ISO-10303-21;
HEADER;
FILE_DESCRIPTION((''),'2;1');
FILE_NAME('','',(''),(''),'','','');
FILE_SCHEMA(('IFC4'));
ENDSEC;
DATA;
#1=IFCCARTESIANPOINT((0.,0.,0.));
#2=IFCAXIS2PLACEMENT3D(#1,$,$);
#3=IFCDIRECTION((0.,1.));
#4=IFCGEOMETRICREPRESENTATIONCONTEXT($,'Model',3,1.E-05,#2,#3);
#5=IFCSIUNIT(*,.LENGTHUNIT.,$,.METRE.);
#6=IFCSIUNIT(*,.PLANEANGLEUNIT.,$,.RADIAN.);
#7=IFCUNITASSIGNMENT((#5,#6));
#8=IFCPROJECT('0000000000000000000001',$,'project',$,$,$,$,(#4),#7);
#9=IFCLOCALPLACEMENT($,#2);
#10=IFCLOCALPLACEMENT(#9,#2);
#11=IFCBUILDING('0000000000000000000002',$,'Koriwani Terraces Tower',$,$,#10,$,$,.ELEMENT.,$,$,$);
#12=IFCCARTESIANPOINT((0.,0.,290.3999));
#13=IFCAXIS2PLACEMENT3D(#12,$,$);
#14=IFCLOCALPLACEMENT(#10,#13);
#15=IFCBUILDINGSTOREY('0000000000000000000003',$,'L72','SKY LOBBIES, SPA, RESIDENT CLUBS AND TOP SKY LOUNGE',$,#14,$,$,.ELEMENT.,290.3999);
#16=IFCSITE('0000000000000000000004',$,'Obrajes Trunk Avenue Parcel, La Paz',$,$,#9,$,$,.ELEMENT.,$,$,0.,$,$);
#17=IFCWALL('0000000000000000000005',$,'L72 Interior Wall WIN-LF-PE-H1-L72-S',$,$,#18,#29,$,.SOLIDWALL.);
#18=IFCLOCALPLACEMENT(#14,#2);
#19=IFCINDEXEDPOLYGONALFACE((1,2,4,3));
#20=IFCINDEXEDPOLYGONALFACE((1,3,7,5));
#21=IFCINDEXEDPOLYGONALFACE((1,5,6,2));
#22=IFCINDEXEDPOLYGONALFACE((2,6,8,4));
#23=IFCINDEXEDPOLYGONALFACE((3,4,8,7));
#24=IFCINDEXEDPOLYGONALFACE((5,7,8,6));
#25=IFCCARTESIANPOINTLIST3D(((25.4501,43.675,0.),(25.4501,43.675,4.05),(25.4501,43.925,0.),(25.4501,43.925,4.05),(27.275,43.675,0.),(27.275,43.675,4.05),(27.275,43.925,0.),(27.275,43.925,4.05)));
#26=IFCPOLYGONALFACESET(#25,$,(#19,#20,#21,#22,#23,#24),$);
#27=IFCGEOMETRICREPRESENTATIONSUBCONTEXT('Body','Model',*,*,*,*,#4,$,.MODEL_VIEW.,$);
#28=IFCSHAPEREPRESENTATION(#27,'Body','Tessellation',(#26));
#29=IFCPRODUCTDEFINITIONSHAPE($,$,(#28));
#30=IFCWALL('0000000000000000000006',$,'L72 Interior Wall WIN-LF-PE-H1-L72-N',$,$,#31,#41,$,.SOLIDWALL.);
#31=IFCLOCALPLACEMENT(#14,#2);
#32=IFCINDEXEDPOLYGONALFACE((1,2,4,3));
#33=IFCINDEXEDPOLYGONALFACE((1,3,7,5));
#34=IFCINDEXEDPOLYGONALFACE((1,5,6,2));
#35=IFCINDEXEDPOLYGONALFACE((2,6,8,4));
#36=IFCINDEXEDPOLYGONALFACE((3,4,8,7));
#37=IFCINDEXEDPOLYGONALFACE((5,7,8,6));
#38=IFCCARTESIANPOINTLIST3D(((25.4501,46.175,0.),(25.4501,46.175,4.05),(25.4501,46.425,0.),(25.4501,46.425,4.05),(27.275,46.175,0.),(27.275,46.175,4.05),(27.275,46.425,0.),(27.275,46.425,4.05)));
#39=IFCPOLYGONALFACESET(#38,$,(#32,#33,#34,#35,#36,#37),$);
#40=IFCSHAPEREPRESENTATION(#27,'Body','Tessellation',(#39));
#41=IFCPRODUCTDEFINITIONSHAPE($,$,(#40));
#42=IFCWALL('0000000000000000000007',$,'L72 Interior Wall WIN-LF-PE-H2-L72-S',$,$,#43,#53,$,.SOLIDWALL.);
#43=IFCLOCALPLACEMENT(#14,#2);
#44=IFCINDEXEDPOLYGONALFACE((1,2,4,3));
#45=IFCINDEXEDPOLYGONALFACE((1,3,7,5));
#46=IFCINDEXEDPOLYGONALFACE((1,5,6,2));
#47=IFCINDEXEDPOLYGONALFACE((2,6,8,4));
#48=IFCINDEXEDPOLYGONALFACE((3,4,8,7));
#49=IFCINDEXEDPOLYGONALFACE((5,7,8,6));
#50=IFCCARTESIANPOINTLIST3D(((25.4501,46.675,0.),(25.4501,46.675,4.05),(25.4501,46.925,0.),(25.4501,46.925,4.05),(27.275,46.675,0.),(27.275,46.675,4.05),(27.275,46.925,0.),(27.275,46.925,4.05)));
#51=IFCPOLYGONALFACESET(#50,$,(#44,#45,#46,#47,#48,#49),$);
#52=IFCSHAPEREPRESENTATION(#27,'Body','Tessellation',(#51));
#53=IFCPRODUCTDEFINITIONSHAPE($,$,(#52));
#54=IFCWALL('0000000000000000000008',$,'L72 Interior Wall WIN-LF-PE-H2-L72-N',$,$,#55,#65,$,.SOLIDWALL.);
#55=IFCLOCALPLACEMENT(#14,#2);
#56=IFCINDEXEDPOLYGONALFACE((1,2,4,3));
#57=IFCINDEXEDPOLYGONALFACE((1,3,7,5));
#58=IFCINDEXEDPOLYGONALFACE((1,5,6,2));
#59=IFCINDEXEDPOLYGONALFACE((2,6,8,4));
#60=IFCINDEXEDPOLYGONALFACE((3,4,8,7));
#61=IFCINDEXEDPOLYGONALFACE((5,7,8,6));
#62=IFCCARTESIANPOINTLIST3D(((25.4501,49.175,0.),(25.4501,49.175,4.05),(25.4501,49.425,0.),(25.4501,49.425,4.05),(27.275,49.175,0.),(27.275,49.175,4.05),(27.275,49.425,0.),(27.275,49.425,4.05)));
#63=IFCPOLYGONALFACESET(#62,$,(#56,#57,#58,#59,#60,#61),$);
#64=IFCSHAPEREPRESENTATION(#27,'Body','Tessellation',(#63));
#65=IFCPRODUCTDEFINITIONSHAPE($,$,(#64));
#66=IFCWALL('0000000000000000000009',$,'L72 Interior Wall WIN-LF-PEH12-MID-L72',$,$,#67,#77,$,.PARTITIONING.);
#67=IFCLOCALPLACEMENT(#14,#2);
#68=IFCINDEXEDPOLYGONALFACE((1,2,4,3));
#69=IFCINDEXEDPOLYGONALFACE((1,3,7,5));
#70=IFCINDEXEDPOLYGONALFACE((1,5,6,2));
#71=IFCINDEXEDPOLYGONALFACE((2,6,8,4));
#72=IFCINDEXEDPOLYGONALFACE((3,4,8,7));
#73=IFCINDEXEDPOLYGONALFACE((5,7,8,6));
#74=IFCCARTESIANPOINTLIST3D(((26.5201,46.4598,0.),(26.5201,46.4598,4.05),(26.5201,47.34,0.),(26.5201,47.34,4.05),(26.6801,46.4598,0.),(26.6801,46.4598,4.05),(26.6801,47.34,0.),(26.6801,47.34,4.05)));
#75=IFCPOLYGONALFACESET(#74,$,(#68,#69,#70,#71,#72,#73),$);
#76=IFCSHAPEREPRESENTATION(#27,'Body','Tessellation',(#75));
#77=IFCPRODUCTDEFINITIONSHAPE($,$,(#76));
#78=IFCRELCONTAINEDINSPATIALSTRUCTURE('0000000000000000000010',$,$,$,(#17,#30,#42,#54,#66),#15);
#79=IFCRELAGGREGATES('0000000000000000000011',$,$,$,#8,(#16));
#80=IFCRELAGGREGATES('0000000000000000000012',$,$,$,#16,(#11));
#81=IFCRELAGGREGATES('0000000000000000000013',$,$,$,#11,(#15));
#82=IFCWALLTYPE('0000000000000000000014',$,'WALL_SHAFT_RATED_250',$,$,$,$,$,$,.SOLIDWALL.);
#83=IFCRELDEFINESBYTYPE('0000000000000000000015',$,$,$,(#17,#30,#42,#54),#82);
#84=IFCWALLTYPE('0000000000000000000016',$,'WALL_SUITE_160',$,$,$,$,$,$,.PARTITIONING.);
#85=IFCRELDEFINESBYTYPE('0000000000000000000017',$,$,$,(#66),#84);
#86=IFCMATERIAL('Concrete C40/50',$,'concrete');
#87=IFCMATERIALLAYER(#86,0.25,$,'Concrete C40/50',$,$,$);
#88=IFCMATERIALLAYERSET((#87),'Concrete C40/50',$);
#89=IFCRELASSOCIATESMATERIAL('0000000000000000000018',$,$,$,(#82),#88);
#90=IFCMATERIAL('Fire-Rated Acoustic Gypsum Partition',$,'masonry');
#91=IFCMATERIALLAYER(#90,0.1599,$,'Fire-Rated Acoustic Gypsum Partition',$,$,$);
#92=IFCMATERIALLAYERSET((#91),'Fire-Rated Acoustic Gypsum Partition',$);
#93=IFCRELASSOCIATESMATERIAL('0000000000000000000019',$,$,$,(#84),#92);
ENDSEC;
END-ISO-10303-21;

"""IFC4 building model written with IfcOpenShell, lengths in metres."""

from ifc_helpers import new_model, si_unit, direction, frame, frame_2d, origin, place, context, subcontext, project, spatial, rectangle, extrude, material, layer, layer_set, type_object, element, save


model = new_model("IFC4")

# Units and contexts
model_context = context("Model", 3, precision=1e-05, world=origin(), true_north=direction((0.0, 1.0)))
body_context = subcontext(model_context, "Body", "Model", "MODEL_VIEW")
ifc_project = project(units=[si_unit("LENGTHUNIT", "METRE"), si_unit("PLANEANGLEUNIT", "RADIAN")], contexts=[model_context])

# Site, building, storey
site_placement = place(None, origin())
site = spatial("IfcSite", under=ifc_project, at=site_placement, Name="Obrajes Trunk Avenue Parcel, La Paz", CompositionType="ELEMENT", RefElevation=0.0)
building_placement = place(site_placement, origin())
building = spatial("IfcBuilding", under=site, at=building_placement, Name="Koriwani Terraces Tower", CompositionType="ELEMENT")
storey_placement = place(building_placement, frame((0.0, 0.0, 290.3999)))
storey = spatial("IfcBuildingStorey", under=building, at=storey_placement, Name="L72", Description="SKY LOBBIES, SPA, RESIDENT CLUBS AND TOP SKY LOUNGE", CompositionType="ELEMENT", Elevation=290.3999)

# Shared definitions
ifc_material_1 = material(Name="Concrete C40/50", Category="concrete")

# Shared definitions
ifc_layer_1 = layer(ifc_material_1, 0.25, Name="Concrete C40/50")
ifc_layer_set_1 = layer_set([ifc_layer_1], Name="Concrete C40/50")
wall_type_1 = type_object("IfcWallType", Name="WALL_SHAFT_RATED_250", PredefinedType="SOLIDWALL", material=ifc_layer_set_1)

# Walls
for number, where, z_axis, x_axis, name in (
    (1, (25.45, 43.8, 0.0), (0.0, 0.0, 1.0), (1.0, 0.0, 0.0), "L72 Interior Wall WIN-LF-PE-H1-L72-S"),
    (2, (25.45, 46.3, 0.0), (0.0, 0.0, 1.0), (1.0, 0.0, 0.0), "L72 Interior Wall WIN-LF-PE-H1-L72-N"),
):
    element("IfcWall", number, at=place(storey_placement, frame(where, z_axis=z_axis, x_axis=x_axis)), inside=storey, type_object=wall_type_1, Name=name, PredefinedType="SOLIDWALL", context=body_context, shape_type="SweptSolid", body=[
        extrude(rectangle(XDim=1.825, YDim=0.25, at=frame_2d((0.9126, 0.0))), origin(), (0.0, 0.0, 1.0), 4.05),
    ])

# Walls
for number, where, z_axis, x_axis, name in (
    (3, (25.45, 46.8, 0.0), (0.0, 0.0, 1.0), (1.0, 0.0, 0.0), "L72 Interior Wall WIN-LF-PE-H2-L72-S"),
    (4, (25.45, 49.3, 0.0), (0.0, 0.0, 1.0), (1.0, 0.0, 0.0), "L72 Interior Wall WIN-LF-PE-H2-L72-N"),
):
    element("IfcWall", number, at=place(storey_placement, frame(where, z_axis=z_axis, x_axis=x_axis)), inside=storey, type_object=wall_type_1, Name=name, PredefinedType="SOLIDWALL", context=body_context, shape_type="SweptSolid", body=[
        extrude(rectangle(XDim=1.825, YDim=0.25, at=frame_2d((0.9126, 0.0))), origin(), (0.0, 0.0, 1.0), 4.05),
    ])
ifc_material_2 = material(Name="Fire-Rated Acoustic Gypsum Partition", Category="masonry")
ifc_layer_2 = layer(ifc_material_2, 0.1599, Name="Fire-Rated Acoustic Gypsum Partition")
ifc_layer_set_2 = layer_set([ifc_layer_2], Name="Fire-Rated Acoustic Gypsum Partition")
wall_type_2 = type_object("IfcWallType", Name="WALL_SUITE_160", PredefinedType="PARTITIONING", material=ifc_layer_set_2)
wall_1_placement = place(storey_placement, frame((26.6001, 46.46, 0.0), z_axis=(0.0, 0.0, 1.0), x_axis=(0.0, 1.0, 0.0)))
element("IfcWall", 5, at=wall_1_placement, inside=storey, type_object=wall_type_2, Name="L72 Interior Wall WIN-LF-PEH12-MID-L72", PredefinedType="PARTITIONING", context=body_context, shape_type="SweptSolid", body=[
    extrude(rectangle(XDim=0.8801, YDim=0.1599, at=frame_2d((0.4399, 0.0))), origin(), (0.0, 0.0, 1.0), 4.05),
])

save(model, "model.ifc")
